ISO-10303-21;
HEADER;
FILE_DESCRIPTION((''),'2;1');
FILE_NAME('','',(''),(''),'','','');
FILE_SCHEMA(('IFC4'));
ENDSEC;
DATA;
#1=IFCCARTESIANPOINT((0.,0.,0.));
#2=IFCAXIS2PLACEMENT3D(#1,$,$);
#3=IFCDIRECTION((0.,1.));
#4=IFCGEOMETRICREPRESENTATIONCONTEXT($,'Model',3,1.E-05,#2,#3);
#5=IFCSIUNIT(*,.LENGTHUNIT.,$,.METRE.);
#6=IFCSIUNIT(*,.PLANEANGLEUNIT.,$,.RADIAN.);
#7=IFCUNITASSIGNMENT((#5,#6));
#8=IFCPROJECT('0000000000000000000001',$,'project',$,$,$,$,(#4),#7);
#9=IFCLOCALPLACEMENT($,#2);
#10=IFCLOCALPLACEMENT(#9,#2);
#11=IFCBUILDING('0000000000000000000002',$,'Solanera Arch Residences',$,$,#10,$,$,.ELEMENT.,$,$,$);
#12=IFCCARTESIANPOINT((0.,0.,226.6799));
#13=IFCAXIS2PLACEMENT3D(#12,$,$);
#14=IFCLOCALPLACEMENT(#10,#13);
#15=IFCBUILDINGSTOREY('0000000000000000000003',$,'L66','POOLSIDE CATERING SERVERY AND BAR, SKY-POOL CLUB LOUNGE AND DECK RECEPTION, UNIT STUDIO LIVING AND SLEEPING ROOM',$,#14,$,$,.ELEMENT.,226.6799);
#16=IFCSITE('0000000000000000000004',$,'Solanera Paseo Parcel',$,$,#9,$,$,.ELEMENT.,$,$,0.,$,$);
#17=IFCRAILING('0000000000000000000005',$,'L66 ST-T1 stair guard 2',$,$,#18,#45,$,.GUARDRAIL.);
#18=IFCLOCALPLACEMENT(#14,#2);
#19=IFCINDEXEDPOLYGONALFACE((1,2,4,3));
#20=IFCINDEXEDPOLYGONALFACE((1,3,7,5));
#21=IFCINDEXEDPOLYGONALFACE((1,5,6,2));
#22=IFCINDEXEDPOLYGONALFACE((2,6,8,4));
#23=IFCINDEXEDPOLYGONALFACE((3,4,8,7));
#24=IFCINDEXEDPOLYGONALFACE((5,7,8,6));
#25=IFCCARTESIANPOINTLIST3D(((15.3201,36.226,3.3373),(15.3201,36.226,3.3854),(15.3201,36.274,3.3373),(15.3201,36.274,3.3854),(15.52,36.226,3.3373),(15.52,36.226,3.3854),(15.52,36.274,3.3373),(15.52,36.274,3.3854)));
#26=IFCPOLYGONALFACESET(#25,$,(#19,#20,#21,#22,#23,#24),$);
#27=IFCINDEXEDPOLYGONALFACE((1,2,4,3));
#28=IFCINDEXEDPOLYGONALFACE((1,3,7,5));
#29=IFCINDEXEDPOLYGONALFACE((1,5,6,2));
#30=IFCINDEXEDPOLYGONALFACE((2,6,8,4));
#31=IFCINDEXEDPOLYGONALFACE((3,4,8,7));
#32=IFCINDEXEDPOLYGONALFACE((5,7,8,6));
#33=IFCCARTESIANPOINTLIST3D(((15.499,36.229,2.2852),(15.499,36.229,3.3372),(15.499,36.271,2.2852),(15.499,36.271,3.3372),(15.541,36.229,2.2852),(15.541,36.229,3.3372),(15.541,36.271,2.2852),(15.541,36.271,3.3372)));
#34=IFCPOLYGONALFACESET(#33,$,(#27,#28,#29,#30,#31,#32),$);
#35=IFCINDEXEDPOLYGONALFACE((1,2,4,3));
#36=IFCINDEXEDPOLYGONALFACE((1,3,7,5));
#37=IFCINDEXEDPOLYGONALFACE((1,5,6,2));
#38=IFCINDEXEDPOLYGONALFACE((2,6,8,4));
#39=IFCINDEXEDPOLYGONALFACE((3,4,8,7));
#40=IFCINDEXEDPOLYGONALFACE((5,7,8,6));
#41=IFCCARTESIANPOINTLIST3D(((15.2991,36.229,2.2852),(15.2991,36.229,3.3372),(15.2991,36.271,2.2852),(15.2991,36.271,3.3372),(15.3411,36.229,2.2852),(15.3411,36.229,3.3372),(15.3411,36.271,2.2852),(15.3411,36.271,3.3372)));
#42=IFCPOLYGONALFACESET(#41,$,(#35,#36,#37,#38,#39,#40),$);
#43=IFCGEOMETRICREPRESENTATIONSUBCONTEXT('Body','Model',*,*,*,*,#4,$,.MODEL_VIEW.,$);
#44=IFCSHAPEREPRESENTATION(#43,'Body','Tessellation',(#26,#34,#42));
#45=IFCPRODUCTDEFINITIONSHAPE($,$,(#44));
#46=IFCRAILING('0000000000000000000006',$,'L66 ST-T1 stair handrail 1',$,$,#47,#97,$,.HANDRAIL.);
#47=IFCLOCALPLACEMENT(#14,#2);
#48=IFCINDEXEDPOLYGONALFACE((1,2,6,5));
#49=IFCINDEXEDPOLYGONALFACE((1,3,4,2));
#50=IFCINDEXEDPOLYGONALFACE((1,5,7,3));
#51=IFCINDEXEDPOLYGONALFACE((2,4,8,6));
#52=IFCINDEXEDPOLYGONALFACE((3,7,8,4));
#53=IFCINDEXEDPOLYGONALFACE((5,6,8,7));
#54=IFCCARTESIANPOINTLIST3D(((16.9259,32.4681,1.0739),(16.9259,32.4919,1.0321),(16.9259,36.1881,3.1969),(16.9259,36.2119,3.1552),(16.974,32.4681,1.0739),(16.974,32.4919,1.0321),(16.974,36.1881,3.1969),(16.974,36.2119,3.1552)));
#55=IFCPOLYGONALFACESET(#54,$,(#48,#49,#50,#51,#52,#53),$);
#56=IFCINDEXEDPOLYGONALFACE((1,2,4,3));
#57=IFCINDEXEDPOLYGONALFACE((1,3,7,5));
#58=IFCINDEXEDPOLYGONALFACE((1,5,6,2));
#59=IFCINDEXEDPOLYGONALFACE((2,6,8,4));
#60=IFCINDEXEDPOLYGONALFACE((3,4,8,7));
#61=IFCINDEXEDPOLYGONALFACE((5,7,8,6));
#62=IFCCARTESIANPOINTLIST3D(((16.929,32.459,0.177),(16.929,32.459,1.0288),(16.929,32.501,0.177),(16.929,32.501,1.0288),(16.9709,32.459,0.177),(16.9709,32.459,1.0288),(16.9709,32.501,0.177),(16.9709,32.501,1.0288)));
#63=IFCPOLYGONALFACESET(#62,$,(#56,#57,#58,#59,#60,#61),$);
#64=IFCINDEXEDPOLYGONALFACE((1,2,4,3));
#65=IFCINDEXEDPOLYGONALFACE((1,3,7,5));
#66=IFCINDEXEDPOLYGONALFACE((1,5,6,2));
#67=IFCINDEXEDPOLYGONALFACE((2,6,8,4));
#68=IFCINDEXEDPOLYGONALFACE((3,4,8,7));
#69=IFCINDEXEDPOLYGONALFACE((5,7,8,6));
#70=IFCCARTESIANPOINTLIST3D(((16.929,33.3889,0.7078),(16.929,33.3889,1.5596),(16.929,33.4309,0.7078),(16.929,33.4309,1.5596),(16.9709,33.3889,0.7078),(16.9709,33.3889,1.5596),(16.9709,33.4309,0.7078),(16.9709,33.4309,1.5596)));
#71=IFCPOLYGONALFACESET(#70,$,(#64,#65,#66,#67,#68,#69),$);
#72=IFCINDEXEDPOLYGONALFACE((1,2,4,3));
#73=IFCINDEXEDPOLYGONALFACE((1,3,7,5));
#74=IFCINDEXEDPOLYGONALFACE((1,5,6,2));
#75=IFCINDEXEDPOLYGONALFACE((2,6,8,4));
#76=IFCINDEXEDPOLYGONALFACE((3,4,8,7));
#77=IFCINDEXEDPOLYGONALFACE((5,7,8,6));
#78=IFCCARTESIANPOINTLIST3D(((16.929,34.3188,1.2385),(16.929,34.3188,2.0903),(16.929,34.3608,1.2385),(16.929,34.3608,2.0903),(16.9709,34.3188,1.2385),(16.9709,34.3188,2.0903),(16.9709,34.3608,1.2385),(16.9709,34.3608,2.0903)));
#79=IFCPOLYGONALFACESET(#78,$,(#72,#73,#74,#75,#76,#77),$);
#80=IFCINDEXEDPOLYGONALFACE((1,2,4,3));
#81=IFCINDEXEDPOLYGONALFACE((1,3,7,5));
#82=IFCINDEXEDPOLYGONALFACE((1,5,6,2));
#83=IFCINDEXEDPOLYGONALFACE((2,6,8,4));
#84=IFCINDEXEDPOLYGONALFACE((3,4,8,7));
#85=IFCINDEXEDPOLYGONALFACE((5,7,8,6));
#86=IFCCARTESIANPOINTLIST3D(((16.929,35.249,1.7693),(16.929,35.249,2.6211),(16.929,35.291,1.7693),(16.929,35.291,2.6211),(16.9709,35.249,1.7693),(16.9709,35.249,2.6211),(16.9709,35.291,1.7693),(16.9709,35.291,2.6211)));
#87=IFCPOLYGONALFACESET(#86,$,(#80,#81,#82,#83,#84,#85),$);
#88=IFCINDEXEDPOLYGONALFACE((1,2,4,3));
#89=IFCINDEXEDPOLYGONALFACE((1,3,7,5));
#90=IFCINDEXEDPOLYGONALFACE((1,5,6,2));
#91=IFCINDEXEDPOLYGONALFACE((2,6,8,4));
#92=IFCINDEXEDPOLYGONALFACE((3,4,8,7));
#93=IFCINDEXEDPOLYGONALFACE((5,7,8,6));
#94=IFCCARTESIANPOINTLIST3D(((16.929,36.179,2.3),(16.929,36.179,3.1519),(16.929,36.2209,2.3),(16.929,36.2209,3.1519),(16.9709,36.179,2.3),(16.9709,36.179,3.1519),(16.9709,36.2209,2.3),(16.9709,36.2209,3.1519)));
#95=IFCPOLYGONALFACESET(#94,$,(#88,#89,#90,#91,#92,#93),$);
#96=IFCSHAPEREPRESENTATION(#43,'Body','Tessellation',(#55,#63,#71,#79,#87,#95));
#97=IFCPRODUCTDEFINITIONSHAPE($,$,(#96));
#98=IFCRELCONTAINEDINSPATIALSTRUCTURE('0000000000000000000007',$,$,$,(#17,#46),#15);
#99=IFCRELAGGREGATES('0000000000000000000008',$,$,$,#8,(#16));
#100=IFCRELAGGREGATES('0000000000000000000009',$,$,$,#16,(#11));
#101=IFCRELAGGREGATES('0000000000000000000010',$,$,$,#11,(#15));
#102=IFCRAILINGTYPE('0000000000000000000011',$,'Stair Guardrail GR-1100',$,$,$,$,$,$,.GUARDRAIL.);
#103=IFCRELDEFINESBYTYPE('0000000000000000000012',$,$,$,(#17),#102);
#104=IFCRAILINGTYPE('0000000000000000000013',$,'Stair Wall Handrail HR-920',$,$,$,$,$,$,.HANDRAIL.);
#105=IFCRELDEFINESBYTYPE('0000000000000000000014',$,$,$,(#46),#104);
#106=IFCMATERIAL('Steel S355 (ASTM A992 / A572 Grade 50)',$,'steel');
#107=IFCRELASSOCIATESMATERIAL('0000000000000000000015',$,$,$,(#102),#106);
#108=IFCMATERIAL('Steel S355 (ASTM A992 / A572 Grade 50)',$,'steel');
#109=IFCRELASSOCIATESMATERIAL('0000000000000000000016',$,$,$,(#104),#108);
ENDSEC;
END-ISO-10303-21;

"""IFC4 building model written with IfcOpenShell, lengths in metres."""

from ifc_helpers import new_model, si_unit, direction, frame, origin, origin_2d, place, context, subcontext, project, spatial, rectangle, extrude, material, type_object, element, save


model = new_model("IFC4")

# Units and contexts
model_context = context("Model", 3, precision=1e-05, world=origin(), true_north=direction((0.0, 1.0)))
body_context = subcontext(model_context, "Body", "Model", "MODEL_VIEW")
ifc_project = project(units=[si_unit("LENGTHUNIT", "METRE"), si_unit("PLANEANGLEUNIT", "RADIAN")], contexts=[model_context])

# Site, building, storey
site_placement = place(None, origin())
site = spatial("IfcSite", under=ifc_project, at=site_placement, Name="Solanera Paseo Parcel", CompositionType="ELEMENT", RefElevation=0.0)
building_placement = place(site_placement, origin())
building = spatial("IfcBuilding", under=site, at=building_placement, Name="Solanera Arch Residences", CompositionType="ELEMENT")
storey_placement = place(building_placement, frame((0.0, 0.0, 226.6799)))
storey = spatial("IfcBuildingStorey", under=building, at=storey_placement, Name="L66", Description="POOLSIDE CATERING SERVERY AND BAR, SKY-POOL CLUB LOUNGE AND DECK RECEPTION, UNIT STUDIO LIVING AND SLEEPING ROOM", CompositionType="ELEMENT", Elevation=226.6799)

# Railings
ifc_material_1 = material(Name="Steel S355 (ASTM A992 / A572 Grade 50)", Category="steel")
railing_type_1 = type_object("IfcRailingType", Name="Stair Guardrail GR-1100", PredefinedType="GUARDRAIL", material=ifc_material_1)
railing_1_placement = place(storey_placement, frame((15.52, 36.25, 2.2852)))
element("IfcRailing", 1, at=railing_1_placement, inside=storey, type_object=railing_type_1, Name="L66 ST-T1 stair guard 2", PredefinedType="GUARDRAIL", context=body_context, shape_type="SweptSolid", body=[
    extrude(rectangle(XDim=0.0481, YDim=0.0481, at=origin_2d()), frame((0.0, 0.0, 1.0762), z_axis=(-1.0, 0.0, 0.0), x_axis=(0.0, -1.0, 0.0)), (0.0, 0.0, 1.0), 0.2),
    extrude(rectangle(XDim=0.042, YDim=0.042, at=origin_2d()), origin(), (0.0, 0.0, 1.0), 1.052),
    extrude(rectangle(XDim=0.042, YDim=0.042, at=origin_2d()), frame((-0.2, 0.0, 0.0)), (0.0, 0.0, 1.0), 1.052),
])
ifc_material_2 = material(Name="Steel S355 (ASTM A992 / A572 Grade 50)", Category="steel")
railing_type_2 = type_object("IfcRailingType", Name="Stair Wall Handrail HR-920", PredefinedType="HANDRAIL", material=ifc_material_2)
railing_2_placement = place(storey_placement, frame((16.95, 32.48, 0.177)))
element("IfcRailing", 2, at=railing_2_placement, inside=storey, type_object=railing_type_2, Name="L66 ST-T1 stair handrail 1", PredefinedType="HANDRAIL", context=body_context, shape_type="SweptSolid", body=[
    extrude(rectangle(XDim=0.0481, YDim=0.0481, at=origin_2d()), frame((0.0, 0.0, 0.876), z_axis=(0.0, 0.86851, 0.495672), x_axis=(-1.0, 0.0, 0.0)), (0.0, 0.0, 1.0), 4.2832),
    extrude(rectangle(XDim=0.042, YDim=0.042, at=origin_2d()), origin(), (0.0, 0.0, 1.0), 0.8518),
    extrude(rectangle(XDim=0.042, YDim=0.042, at=origin_2d()), frame((0.0, 0.9299, 0.5308)), (0.0, 0.0, 1.0), 0.8518),
    extrude(rectangle(XDim=0.042, YDim=0.042, at=origin_2d()), frame((0.0, 1.8599, 1.0615)), (0.0, 0.0, 1.0), 0.8518),
    extrude(rectangle(XDim=0.042, YDim=0.042, at=origin_2d()), frame((0.0, 2.79, 1.5923)), (0.0, 0.0, 1.0), 0.8518),
    extrude(rectangle(XDim=0.042, YDim=0.042, at=origin_2d()), frame((0.0, 3.72, 2.123)), (0.0, 0.0, 1.0), 0.8518),
])

save(model, "model.ifc")
